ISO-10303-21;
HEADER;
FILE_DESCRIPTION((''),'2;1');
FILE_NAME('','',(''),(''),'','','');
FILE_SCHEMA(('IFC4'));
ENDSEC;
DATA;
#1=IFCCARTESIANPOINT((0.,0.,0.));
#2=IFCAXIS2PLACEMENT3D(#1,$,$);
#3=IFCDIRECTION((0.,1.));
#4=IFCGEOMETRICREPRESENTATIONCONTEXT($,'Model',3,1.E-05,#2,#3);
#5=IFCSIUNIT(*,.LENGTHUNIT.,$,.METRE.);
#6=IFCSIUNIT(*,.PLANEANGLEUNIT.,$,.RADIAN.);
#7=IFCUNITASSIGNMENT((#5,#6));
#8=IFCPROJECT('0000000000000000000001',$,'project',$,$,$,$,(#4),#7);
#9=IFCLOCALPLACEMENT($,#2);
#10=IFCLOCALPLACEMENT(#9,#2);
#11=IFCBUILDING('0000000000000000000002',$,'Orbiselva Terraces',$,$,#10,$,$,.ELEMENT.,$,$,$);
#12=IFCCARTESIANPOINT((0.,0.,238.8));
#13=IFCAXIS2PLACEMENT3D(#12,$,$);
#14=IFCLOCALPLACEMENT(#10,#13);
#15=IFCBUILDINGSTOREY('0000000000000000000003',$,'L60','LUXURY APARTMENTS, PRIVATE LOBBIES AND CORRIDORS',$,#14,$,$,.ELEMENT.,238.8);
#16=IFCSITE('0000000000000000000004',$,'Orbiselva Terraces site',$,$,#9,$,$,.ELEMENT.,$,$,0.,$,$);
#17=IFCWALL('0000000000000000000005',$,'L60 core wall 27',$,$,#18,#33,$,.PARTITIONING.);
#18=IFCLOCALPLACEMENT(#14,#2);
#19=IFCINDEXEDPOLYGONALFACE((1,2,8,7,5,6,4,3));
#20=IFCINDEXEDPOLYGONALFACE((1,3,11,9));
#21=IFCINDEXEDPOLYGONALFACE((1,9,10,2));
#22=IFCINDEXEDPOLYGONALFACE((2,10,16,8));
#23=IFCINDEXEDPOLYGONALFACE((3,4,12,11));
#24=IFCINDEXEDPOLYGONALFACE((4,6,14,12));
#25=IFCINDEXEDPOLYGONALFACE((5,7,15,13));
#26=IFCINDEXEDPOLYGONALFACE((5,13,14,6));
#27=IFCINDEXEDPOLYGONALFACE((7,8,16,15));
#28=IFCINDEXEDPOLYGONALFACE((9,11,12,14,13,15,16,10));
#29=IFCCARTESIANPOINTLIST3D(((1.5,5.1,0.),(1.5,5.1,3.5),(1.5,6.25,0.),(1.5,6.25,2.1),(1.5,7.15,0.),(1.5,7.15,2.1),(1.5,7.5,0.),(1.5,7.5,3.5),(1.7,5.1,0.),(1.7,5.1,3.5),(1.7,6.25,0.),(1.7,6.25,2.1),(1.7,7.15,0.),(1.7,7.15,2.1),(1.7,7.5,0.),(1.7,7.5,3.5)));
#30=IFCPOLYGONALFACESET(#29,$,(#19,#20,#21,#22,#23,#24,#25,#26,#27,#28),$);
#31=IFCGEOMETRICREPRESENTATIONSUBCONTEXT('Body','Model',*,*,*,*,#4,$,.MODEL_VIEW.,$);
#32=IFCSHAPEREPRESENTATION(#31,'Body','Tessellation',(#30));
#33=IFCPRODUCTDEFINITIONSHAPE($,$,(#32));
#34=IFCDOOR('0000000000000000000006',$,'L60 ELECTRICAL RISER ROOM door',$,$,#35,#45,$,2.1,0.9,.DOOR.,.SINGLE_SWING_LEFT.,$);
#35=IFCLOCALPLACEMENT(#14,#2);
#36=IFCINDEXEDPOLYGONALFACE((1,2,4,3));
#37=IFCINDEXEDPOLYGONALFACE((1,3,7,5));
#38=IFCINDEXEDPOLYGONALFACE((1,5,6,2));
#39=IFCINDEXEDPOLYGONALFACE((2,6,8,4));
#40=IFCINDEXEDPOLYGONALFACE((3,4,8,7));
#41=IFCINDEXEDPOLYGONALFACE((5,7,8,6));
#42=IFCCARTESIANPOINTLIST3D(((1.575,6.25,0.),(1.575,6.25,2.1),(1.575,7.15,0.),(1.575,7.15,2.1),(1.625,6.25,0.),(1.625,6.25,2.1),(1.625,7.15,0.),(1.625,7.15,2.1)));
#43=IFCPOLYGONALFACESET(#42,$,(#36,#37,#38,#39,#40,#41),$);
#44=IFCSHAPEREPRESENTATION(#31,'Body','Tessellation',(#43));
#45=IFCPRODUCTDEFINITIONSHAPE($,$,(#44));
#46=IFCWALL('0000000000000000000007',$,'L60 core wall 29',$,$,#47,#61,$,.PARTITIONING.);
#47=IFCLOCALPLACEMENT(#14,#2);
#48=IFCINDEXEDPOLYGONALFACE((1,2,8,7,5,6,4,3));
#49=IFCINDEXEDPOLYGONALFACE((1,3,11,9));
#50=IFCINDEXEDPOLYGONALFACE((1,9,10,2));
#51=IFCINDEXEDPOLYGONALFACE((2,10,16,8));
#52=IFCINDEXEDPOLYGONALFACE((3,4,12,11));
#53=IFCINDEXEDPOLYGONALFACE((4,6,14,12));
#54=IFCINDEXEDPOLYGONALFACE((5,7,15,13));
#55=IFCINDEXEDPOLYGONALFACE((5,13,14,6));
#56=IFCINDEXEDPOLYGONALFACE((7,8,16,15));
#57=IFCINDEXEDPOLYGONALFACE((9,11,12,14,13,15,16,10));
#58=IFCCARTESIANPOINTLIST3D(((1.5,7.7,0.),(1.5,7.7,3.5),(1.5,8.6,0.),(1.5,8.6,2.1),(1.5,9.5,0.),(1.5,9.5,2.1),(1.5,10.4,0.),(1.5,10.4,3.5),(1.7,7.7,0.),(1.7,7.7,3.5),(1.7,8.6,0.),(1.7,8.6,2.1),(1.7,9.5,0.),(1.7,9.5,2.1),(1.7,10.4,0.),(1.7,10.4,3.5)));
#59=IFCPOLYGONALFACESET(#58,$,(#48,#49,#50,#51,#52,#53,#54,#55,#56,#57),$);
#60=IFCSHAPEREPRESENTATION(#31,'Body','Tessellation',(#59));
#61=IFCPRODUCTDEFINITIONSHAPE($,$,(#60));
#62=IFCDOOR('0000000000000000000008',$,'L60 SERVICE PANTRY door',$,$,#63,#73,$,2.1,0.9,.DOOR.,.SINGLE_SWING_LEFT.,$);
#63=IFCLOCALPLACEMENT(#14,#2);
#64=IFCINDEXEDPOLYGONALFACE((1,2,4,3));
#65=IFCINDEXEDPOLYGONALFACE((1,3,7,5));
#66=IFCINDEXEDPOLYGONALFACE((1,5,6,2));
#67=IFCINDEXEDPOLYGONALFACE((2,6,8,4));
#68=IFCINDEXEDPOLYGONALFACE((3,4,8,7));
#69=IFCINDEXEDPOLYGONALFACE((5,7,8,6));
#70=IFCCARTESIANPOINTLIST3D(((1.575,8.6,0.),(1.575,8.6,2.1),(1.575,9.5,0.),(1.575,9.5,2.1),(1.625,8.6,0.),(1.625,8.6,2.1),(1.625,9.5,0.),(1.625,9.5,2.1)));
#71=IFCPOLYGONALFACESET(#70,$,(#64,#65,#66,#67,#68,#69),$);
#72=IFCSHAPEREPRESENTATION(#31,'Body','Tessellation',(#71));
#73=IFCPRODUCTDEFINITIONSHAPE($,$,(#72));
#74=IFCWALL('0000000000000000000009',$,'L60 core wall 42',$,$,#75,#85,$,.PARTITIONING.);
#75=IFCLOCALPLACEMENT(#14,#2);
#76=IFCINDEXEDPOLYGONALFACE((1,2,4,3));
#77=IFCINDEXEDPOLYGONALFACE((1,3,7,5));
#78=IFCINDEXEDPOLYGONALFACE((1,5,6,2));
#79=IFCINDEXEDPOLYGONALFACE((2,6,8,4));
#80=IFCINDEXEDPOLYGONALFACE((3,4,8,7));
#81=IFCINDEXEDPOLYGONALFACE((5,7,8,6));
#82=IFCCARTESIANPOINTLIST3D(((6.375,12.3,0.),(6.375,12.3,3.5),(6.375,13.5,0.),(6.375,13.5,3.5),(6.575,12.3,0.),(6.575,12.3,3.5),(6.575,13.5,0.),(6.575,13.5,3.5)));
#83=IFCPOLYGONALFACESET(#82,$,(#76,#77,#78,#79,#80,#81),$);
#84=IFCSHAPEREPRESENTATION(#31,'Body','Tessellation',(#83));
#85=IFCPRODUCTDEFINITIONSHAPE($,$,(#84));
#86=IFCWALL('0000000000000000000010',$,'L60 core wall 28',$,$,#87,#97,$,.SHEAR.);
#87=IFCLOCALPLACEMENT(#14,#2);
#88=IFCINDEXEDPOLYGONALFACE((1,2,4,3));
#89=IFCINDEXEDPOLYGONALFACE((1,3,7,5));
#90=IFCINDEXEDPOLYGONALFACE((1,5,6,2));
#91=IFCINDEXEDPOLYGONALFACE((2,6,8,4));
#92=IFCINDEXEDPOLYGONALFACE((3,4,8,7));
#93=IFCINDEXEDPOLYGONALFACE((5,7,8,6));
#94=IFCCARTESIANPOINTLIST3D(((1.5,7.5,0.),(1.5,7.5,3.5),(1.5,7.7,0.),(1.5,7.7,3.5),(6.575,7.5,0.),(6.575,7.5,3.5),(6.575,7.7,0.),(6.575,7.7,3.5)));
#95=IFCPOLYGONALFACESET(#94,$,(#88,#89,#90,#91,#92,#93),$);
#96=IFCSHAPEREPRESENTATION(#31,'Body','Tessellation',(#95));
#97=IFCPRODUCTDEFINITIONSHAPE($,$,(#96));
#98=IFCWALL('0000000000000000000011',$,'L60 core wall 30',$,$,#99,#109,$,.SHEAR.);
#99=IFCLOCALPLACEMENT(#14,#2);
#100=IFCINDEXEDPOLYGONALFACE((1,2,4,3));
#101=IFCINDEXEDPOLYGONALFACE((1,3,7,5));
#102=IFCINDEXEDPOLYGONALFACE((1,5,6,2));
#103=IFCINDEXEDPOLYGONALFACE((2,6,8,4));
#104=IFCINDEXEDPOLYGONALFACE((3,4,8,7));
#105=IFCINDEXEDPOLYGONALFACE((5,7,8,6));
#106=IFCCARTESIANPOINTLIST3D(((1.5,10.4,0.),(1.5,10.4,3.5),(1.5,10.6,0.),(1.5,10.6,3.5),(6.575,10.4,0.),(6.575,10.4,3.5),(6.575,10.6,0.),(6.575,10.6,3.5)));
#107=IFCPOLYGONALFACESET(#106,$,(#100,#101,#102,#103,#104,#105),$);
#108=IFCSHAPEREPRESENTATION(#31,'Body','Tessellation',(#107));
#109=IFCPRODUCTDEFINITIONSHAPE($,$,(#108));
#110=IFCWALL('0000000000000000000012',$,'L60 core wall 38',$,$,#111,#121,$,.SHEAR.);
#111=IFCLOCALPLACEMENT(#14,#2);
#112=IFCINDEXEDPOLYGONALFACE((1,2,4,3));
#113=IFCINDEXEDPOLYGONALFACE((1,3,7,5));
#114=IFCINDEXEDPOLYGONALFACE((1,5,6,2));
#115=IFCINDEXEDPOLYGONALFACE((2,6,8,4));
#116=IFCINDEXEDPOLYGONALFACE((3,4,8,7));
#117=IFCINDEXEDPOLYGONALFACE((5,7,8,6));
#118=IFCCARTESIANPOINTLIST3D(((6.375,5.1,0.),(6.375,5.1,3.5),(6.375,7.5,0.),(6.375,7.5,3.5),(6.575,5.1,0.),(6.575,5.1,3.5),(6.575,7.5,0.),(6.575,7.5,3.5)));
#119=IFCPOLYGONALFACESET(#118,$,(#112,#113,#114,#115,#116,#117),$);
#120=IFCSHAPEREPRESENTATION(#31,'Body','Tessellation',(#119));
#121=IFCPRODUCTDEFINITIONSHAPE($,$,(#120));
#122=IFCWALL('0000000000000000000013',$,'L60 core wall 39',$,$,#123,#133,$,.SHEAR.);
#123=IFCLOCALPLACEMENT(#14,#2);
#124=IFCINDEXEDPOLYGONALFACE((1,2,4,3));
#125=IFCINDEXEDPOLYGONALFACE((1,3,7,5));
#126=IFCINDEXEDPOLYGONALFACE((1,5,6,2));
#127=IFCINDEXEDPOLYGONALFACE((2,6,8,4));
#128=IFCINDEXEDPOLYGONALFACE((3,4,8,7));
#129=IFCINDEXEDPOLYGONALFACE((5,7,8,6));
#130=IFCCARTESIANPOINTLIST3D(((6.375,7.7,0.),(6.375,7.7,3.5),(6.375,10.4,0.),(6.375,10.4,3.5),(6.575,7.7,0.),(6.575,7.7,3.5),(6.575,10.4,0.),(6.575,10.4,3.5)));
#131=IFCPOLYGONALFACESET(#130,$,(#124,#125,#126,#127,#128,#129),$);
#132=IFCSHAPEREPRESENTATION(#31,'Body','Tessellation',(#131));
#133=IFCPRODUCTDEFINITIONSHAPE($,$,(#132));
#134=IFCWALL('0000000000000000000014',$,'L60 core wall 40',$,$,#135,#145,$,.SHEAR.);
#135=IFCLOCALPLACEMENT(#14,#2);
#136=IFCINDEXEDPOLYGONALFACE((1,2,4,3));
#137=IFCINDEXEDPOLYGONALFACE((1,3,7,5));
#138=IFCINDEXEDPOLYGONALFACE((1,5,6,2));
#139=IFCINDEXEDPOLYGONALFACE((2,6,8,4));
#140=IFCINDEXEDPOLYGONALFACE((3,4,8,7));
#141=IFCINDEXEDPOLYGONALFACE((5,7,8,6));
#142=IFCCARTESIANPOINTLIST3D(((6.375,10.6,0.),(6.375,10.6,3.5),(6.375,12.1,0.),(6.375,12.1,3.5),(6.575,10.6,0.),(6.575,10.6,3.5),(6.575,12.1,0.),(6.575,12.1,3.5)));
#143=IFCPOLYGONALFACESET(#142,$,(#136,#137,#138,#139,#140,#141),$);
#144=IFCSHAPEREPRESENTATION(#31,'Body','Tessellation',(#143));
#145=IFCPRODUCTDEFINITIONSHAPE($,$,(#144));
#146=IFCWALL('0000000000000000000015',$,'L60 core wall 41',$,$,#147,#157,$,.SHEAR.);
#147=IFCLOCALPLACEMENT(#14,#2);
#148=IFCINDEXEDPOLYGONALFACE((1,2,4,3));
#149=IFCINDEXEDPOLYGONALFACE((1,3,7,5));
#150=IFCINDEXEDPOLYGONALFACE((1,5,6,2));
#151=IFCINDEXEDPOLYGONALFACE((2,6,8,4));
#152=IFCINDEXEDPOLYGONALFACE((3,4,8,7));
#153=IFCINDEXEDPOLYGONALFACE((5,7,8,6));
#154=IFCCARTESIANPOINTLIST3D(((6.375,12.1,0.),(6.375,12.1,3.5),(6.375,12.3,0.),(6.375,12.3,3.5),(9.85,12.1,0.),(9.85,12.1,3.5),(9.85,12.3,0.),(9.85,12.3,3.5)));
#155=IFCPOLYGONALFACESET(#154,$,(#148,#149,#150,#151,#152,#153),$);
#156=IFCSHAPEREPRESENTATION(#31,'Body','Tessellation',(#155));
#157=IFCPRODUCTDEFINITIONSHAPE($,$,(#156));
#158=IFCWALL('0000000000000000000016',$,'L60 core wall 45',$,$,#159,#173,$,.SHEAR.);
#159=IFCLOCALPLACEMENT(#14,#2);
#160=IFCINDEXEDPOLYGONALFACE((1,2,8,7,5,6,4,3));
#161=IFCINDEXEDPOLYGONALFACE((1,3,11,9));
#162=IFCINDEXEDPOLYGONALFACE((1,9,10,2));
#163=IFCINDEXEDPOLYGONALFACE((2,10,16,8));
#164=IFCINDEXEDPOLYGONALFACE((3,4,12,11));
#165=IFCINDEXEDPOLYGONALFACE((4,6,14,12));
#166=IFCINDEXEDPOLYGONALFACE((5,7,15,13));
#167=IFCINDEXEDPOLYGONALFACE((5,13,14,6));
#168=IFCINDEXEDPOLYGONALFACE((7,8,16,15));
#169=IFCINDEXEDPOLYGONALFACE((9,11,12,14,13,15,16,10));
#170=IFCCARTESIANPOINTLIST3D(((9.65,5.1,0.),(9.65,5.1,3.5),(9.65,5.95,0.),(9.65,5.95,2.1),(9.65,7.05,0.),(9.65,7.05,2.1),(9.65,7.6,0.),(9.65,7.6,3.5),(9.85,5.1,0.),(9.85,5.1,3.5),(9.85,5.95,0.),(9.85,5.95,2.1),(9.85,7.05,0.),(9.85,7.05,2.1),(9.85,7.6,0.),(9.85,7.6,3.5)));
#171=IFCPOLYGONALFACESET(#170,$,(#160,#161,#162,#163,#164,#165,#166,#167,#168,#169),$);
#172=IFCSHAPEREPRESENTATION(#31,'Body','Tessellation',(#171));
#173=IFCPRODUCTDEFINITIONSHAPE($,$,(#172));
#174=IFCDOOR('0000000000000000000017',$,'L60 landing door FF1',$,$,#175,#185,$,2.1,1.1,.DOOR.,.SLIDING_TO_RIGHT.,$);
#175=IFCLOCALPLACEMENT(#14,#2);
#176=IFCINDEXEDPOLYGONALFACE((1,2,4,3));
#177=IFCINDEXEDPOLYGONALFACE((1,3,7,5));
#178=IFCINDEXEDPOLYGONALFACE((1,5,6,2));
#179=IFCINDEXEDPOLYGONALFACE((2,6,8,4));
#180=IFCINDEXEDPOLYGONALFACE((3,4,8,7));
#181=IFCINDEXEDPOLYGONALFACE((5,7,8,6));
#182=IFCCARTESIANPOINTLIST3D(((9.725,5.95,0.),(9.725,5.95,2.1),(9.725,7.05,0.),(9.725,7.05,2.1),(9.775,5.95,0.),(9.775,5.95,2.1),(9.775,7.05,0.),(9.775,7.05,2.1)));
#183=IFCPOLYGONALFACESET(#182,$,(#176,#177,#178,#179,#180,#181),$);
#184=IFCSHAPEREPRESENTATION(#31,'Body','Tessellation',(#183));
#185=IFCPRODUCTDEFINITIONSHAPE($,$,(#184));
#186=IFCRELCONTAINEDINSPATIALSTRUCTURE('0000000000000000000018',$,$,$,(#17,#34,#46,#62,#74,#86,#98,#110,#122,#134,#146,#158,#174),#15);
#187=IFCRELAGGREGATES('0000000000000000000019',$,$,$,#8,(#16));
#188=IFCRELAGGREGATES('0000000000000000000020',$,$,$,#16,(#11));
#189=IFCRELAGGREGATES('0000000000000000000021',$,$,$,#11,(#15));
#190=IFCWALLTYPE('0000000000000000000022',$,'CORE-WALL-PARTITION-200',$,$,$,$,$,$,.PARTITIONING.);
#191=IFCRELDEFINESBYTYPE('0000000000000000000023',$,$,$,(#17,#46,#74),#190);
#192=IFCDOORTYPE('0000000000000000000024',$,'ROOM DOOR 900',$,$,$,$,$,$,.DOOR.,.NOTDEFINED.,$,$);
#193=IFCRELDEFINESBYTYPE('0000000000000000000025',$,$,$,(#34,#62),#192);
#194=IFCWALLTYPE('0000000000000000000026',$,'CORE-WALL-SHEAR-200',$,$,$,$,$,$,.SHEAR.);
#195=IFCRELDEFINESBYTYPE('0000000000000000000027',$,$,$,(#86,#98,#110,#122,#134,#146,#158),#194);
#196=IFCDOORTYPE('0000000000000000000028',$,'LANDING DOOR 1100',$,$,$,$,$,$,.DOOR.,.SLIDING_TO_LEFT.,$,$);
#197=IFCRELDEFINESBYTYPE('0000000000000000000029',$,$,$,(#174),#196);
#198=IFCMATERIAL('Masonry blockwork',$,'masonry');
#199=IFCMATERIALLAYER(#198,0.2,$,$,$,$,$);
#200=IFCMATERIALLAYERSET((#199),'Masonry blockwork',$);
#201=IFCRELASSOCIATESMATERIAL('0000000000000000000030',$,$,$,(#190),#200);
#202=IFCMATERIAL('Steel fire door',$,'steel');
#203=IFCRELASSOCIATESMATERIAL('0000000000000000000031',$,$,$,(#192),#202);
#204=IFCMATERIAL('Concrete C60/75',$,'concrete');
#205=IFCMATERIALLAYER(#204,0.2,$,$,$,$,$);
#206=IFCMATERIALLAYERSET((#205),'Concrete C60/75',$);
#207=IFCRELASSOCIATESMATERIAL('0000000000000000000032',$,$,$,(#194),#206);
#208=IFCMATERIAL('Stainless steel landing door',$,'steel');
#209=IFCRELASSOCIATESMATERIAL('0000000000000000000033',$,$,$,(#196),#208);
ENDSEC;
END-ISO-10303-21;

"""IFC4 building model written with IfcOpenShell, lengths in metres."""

from ifc_helpers import new_model, si_unit, direction, frame, frame_2d, origin, place, context, subcontext, project, spatial, rectangle, extrude, material, layer, layer_set, type_object, element, fill, save


model = new_model("IFC4")

# Units and contexts
model_context = context("Model", 3, precision=1e-05, world=origin(), true_north=direction((0.0, 1.0)))
body_context = subcontext(model_context, "Body", "Model", "MODEL_VIEW")
ifc_project = project(units=[si_unit("LENGTHUNIT", "METRE"), si_unit("PLANEANGLEUNIT", "RADIAN")], contexts=[model_context])

# Site, building, storey
site_placement = place(None, origin())
site = spatial("IfcSite", under=ifc_project, at=site_placement, Name="Orbiselva Terraces site", CompositionType="ELEMENT", RefElevation=0.0)
building_placement = place(site_placement, origin())
building = spatial("IfcBuilding", under=site, at=building_placement, Name="Orbiselva Terraces", CompositionType="ELEMENT")
storey_placement = place(building_placement, frame((0.0, 0.0, 238.8)))
storey = spatial("IfcBuildingStorey", under=building, at=storey_placement, Name="L60", Description="LUXURY APARTMENTS, PRIVATE LOBBIES AND CORRIDORS", CompositionType="ELEMENT", Elevation=238.8)

# Walls, openings, doors
ifc_material_1 = material(Name="Masonry blockwork", Category="masonry")
ifc_layer_1 = layer(ifc_material_1, 0.2)
ifc_layer_set_1 = layer_set([ifc_layer_1], Name="Masonry blockwork")
wall_type_1 = type_object("IfcWallType", Name="CORE-WALL-PARTITION-200", PredefinedType="PARTITIONING", material=ifc_layer_set_1)
wall_1_placement = place(storey_placement, frame((1.6, 7.5, 0.0), z_axis=(0.0, 0.0, 1.0), x_axis=(0.0, -1.0, 0.0)))
wall_1 = element("IfcWall", 1, at=wall_1_placement, inside=storey, type_object=wall_type_1, Name="L60 core wall 27", PredefinedType="PARTITIONING", context=body_context, shape_type="SweptSolid", body=[
    extrude(rectangle(XDim=2.4, YDim=0.2, at=frame_2d((1.2, 0.0))), origin(), (0.0, 0.0, 1.0), 3.5),
])
opening_1_placement = place(wall_1_placement, frame((0.35, 0.0, 0.0)))
opening_1 = element("IfcOpeningElement", 2, at=opening_1_placement, cuts=wall_1, PredefinedType="OPENING", context=body_context, shape_type="SweptSolid", body=[
    extrude(rectangle(XDim=0.9, YDim=2.1, at=frame_2d((0.45, 1.05))), frame((0.0, 0.11, 0.0), z_axis=(0.0, -1.0, 0.0), x_axis=(1.0, 0.0, 0.0)), (0.0, 0.0, 1.0), 0.22),
])
ifc_material_2 = material(Name="Steel fire door", Category="steel")
door_type_1 = type_object("IfcDoorType", Name="ROOM DOOR 900", OperationType="NOTDEFINED", PredefinedType="DOOR", material=ifc_material_2)
door_1_placement = place(opening_1_placement, origin())
door_1 = element("IfcDoor", 3, at=door_1_placement, inside=storey, type_object=door_type_1, Name="L60 ELECTRICAL RISER ROOM door", OperationType="SINGLE_SWING_LEFT", OverallHeight=2.1, OverallWidth=0.9, PredefinedType="DOOR", context=body_context, shape_type="SweptSolid", body=[
    extrude(rectangle(XDim=0.9, YDim=2.1, at=frame_2d((0.45, 1.05))), frame((0.0, 0.025, 0.0), z_axis=(0.0, -1.0, 0.0), x_axis=(1.0, 0.0, 0.0)), (0.0, 0.0, 1.0), 0.05),
])
fill(opening_1, door_1)
wall_2_placement = place(storey_placement, frame((1.6, 10.4, 0.0), z_axis=(0.0, 0.0, 1.0), x_axis=(0.0, -1.0, 0.0)))
wall_2 = element("IfcWall", 4, at=wall_2_placement, inside=storey, type_object=wall_type_1, Name="L60 core wall 29", PredefinedType="PARTITIONING", context=body_context, shape_type="SweptSolid", body=[
    extrude(rectangle(XDim=2.7, YDim=0.2, at=frame_2d((1.35, 0.0))), origin(), (0.0, 0.0, 1.0), 3.5),
])
opening_2_placement = place(wall_2_placement, frame((0.9, 0.0, 0.0)))
opening_2 = element("IfcOpeningElement", 5, at=opening_2_placement, cuts=wall_2, PredefinedType="OPENING", context=body_context, shape_type="SweptSolid", body=[
    extrude(rectangle(XDim=0.9, YDim=2.1, at=frame_2d((0.45, 1.05))), frame((0.0, 0.11, 0.0), z_axis=(0.0, -1.0, 0.0), x_axis=(1.0, 0.0, 0.0)), (0.0, 0.0, 1.0), 0.22),
])
door_2_placement = place(opening_2_placement, origin())
door_2 = element("IfcDoor", 6, at=door_2_placement, inside=storey, type_object=door_type_1, Name="L60 SERVICE PANTRY door", OperationType="SINGLE_SWING_LEFT", OverallHeight=2.1, OverallWidth=0.9, PredefinedType="DOOR", context=body_context, shape_type="SweptSolid", body=[
    extrude(rectangle(XDim=0.9, YDim=2.1, at=frame_2d((0.45, 1.05))), frame((0.0, 0.025, 0.0), z_axis=(0.0, -1.0, 0.0), x_axis=(1.0, 0.0, 0.0)), (0.0, 0.0, 1.0), 0.05),
])
fill(opening_2, door_2)

# Walls
wall_3_placement = place(storey_placement, frame((6.475, 12.3, 0.0), z_axis=(0.0, 0.0, 1.0), x_axis=(0.0, 1.0, 0.0)))
element("IfcWall", 7, at=wall_3_placement, inside=storey, type_object=wall_type_1, Name="L60 core wall 42", PredefinedType="PARTITIONING", context=body_context, shape_type="SweptSolid", body=[
    extrude(rectangle(XDim=1.2, YDim=0.2, at=frame_2d((0.6, 0.0))), origin(), (0.0, 0.0, 1.0), 3.5),
])
ifc_material_3 = material(Name="Concrete C60/75", Category="concrete")
ifc_layer_2 = layer(ifc_material_3, 0.2)
ifc_layer_set_2 = layer_set([ifc_layer_2], Name="Concrete C60/75")
wall_type_2 = type_object("IfcWallType", Name="CORE-WALL-SHEAR-200", PredefinedType="SHEAR", material=ifc_layer_set_2)
for number, where, z_axis, x_axis, name in (
    (8, (1.5, 7.6, 0.0), (0.0, 0.0, 1.0), (1.0, 0.0, 0.0), "L60 core wall 28"),
    (9, (1.5, 10.5, 0.0), (0.0, 0.0, 1.0), (1.0, 0.0, 0.0), "L60 core wall 30"),
):
    element("IfcWall", number, at=place(storey_placement, frame(where, z_axis=z_axis, x_axis=x_axis)), inside=storey, type_object=wall_type_2, Name=name, PredefinedType="SHEAR", context=body_context, shape_type="SweptSolid", body=[
        extrude(rectangle(XDim=5.075, YDim=0.2, at=frame_2d((2.5375, 0.0))), origin(), (0.0, 0.0, 1.0), 3.5),
    ])
wall_4_placement = place(storey_placement, frame((6.475, 5.1, 0.0), z_axis=(0.0, 0.0, 1.0), x_axis=(0.0, 1.0, 0.0)))
element("IfcWall", 10, at=wall_4_placement, inside=storey, type_object=wall_type_2, Name="L60 core wall 38", PredefinedType="SHEAR", context=body_context, shape_type="SweptSolid", body=[
    extrude(rectangle(XDim=2.4, YDim=0.2, at=frame_2d((1.2, 0.0))), origin(), (0.0, 0.0, 1.0), 3.5),
])
wall_5_placement = place(storey_placement, frame((6.475, 7.7, 0.0), z_axis=(0.0, 0.0, 1.0), x_axis=(0.0, 1.0, 0.0)))
element("IfcWall", 11, at=wall_5_placement, inside=storey, type_object=wall_type_2, Name="L60 core wall 39", PredefinedType="SHEAR", context=body_context, shape_type="SweptSolid", body=[
    extrude(rectangle(XDim=2.7, YDim=0.2, at=frame_2d((1.35, 0.0))), origin(), (0.0, 0.0, 1.0), 3.5),
])
wall_6_placement = place(storey_placement, frame((6.475, 10.6, 0.0), z_axis=(0.0, 0.0, 1.0), x_axis=(0.0, 1.0, 0.0)))
element("IfcWall", 12, at=wall_6_placement, inside=storey, type_object=wall_type_2, Name="L60 core wall 40", PredefinedType="SHEAR", context=body_context, shape_type="SweptSolid", body=[
    extrude(rectangle(XDim=1.5, YDim=0.2, at=frame_2d((0.75, 0.0))), origin(), (0.0, 0.0, 1.0), 3.5),
])
wall_7_placement = place(storey_placement, frame((6.375, 12.2, 0.0), z_axis=(0.0, 0.0, 1.0), x_axis=(1.0, 0.0, 0.0)))
element("IfcWall", 13, at=wall_7_placement, inside=storey, type_object=wall_type_2, Name="L60 core wall 41", PredefinedType="SHEAR", context=body_context, shape_type="SweptSolid", body=[
    extrude(rectangle(XDim=3.475, YDim=0.2, at=frame_2d((1.7375, 0.0))), origin(), (0.0, 0.0, 1.0), 3.5),
])

# Wall, opening, door
wall_8_placement = place(storey_placement, frame((9.75, 5.1, 0.0), z_axis=(0.0, 0.0, 1.0), x_axis=(0.0, 1.0, 0.0)))
wall_8 = element("IfcWall", 14, at=wall_8_placement, inside=storey, type_object=wall_type_2, Name="L60 core wall 45", PredefinedType="SHEAR", context=body_context, shape_type="SweptSolid", body=[
    extrude(rectangle(XDim=2.5, YDim=0.2, at=frame_2d((1.25, 0.0))), origin(), (0.0, 0.0, 1.0), 3.5),
])
opening_3_placement = place(wall_8_placement, frame((0.85, 0.0, 0.0)))
opening_3 = element("IfcOpeningElement", 15, at=opening_3_placement, cuts=wall_8, PredefinedType="OPENING", context=body_context, shape_type="SweptSolid", body=[
    extrude(rectangle(XDim=1.1, YDim=2.1, at=frame_2d((0.55, 1.05))), frame((0.0, 0.11, 0.0), z_axis=(0.0, -1.0, 0.0), x_axis=(1.0, 0.0, 0.0)), (0.0, 0.0, 1.0), 0.22),
])
ifc_material_4 = material(Name="Stainless steel landing door", Category="steel")
door_type_2 = type_object("IfcDoorType", Name="LANDING DOOR 1100", OperationType="SLIDING_TO_LEFT", PredefinedType="DOOR", material=ifc_material_4)
door_3_placement = place(opening_3_placement, origin())
door_3 = element("IfcDoor", 16, at=door_3_placement, inside=storey, type_object=door_type_2, Name="L60 landing door FF1", OperationType="SLIDING_TO_RIGHT", OverallHeight=2.1, OverallWidth=1.1, PredefinedType="DOOR", context=body_context, shape_type="SweptSolid", body=[
    extrude(rectangle(XDim=1.1, YDim=2.1, at=frame_2d((0.55, 1.05))), frame((0.0, 0.025, 0.0), z_axis=(0.0, -1.0, 0.0), x_axis=(1.0, 0.0, 0.0)), (0.0, 0.0, 1.0), 0.05),
])
fill(opening_3, door_3)

save(model, "model.ifc")
